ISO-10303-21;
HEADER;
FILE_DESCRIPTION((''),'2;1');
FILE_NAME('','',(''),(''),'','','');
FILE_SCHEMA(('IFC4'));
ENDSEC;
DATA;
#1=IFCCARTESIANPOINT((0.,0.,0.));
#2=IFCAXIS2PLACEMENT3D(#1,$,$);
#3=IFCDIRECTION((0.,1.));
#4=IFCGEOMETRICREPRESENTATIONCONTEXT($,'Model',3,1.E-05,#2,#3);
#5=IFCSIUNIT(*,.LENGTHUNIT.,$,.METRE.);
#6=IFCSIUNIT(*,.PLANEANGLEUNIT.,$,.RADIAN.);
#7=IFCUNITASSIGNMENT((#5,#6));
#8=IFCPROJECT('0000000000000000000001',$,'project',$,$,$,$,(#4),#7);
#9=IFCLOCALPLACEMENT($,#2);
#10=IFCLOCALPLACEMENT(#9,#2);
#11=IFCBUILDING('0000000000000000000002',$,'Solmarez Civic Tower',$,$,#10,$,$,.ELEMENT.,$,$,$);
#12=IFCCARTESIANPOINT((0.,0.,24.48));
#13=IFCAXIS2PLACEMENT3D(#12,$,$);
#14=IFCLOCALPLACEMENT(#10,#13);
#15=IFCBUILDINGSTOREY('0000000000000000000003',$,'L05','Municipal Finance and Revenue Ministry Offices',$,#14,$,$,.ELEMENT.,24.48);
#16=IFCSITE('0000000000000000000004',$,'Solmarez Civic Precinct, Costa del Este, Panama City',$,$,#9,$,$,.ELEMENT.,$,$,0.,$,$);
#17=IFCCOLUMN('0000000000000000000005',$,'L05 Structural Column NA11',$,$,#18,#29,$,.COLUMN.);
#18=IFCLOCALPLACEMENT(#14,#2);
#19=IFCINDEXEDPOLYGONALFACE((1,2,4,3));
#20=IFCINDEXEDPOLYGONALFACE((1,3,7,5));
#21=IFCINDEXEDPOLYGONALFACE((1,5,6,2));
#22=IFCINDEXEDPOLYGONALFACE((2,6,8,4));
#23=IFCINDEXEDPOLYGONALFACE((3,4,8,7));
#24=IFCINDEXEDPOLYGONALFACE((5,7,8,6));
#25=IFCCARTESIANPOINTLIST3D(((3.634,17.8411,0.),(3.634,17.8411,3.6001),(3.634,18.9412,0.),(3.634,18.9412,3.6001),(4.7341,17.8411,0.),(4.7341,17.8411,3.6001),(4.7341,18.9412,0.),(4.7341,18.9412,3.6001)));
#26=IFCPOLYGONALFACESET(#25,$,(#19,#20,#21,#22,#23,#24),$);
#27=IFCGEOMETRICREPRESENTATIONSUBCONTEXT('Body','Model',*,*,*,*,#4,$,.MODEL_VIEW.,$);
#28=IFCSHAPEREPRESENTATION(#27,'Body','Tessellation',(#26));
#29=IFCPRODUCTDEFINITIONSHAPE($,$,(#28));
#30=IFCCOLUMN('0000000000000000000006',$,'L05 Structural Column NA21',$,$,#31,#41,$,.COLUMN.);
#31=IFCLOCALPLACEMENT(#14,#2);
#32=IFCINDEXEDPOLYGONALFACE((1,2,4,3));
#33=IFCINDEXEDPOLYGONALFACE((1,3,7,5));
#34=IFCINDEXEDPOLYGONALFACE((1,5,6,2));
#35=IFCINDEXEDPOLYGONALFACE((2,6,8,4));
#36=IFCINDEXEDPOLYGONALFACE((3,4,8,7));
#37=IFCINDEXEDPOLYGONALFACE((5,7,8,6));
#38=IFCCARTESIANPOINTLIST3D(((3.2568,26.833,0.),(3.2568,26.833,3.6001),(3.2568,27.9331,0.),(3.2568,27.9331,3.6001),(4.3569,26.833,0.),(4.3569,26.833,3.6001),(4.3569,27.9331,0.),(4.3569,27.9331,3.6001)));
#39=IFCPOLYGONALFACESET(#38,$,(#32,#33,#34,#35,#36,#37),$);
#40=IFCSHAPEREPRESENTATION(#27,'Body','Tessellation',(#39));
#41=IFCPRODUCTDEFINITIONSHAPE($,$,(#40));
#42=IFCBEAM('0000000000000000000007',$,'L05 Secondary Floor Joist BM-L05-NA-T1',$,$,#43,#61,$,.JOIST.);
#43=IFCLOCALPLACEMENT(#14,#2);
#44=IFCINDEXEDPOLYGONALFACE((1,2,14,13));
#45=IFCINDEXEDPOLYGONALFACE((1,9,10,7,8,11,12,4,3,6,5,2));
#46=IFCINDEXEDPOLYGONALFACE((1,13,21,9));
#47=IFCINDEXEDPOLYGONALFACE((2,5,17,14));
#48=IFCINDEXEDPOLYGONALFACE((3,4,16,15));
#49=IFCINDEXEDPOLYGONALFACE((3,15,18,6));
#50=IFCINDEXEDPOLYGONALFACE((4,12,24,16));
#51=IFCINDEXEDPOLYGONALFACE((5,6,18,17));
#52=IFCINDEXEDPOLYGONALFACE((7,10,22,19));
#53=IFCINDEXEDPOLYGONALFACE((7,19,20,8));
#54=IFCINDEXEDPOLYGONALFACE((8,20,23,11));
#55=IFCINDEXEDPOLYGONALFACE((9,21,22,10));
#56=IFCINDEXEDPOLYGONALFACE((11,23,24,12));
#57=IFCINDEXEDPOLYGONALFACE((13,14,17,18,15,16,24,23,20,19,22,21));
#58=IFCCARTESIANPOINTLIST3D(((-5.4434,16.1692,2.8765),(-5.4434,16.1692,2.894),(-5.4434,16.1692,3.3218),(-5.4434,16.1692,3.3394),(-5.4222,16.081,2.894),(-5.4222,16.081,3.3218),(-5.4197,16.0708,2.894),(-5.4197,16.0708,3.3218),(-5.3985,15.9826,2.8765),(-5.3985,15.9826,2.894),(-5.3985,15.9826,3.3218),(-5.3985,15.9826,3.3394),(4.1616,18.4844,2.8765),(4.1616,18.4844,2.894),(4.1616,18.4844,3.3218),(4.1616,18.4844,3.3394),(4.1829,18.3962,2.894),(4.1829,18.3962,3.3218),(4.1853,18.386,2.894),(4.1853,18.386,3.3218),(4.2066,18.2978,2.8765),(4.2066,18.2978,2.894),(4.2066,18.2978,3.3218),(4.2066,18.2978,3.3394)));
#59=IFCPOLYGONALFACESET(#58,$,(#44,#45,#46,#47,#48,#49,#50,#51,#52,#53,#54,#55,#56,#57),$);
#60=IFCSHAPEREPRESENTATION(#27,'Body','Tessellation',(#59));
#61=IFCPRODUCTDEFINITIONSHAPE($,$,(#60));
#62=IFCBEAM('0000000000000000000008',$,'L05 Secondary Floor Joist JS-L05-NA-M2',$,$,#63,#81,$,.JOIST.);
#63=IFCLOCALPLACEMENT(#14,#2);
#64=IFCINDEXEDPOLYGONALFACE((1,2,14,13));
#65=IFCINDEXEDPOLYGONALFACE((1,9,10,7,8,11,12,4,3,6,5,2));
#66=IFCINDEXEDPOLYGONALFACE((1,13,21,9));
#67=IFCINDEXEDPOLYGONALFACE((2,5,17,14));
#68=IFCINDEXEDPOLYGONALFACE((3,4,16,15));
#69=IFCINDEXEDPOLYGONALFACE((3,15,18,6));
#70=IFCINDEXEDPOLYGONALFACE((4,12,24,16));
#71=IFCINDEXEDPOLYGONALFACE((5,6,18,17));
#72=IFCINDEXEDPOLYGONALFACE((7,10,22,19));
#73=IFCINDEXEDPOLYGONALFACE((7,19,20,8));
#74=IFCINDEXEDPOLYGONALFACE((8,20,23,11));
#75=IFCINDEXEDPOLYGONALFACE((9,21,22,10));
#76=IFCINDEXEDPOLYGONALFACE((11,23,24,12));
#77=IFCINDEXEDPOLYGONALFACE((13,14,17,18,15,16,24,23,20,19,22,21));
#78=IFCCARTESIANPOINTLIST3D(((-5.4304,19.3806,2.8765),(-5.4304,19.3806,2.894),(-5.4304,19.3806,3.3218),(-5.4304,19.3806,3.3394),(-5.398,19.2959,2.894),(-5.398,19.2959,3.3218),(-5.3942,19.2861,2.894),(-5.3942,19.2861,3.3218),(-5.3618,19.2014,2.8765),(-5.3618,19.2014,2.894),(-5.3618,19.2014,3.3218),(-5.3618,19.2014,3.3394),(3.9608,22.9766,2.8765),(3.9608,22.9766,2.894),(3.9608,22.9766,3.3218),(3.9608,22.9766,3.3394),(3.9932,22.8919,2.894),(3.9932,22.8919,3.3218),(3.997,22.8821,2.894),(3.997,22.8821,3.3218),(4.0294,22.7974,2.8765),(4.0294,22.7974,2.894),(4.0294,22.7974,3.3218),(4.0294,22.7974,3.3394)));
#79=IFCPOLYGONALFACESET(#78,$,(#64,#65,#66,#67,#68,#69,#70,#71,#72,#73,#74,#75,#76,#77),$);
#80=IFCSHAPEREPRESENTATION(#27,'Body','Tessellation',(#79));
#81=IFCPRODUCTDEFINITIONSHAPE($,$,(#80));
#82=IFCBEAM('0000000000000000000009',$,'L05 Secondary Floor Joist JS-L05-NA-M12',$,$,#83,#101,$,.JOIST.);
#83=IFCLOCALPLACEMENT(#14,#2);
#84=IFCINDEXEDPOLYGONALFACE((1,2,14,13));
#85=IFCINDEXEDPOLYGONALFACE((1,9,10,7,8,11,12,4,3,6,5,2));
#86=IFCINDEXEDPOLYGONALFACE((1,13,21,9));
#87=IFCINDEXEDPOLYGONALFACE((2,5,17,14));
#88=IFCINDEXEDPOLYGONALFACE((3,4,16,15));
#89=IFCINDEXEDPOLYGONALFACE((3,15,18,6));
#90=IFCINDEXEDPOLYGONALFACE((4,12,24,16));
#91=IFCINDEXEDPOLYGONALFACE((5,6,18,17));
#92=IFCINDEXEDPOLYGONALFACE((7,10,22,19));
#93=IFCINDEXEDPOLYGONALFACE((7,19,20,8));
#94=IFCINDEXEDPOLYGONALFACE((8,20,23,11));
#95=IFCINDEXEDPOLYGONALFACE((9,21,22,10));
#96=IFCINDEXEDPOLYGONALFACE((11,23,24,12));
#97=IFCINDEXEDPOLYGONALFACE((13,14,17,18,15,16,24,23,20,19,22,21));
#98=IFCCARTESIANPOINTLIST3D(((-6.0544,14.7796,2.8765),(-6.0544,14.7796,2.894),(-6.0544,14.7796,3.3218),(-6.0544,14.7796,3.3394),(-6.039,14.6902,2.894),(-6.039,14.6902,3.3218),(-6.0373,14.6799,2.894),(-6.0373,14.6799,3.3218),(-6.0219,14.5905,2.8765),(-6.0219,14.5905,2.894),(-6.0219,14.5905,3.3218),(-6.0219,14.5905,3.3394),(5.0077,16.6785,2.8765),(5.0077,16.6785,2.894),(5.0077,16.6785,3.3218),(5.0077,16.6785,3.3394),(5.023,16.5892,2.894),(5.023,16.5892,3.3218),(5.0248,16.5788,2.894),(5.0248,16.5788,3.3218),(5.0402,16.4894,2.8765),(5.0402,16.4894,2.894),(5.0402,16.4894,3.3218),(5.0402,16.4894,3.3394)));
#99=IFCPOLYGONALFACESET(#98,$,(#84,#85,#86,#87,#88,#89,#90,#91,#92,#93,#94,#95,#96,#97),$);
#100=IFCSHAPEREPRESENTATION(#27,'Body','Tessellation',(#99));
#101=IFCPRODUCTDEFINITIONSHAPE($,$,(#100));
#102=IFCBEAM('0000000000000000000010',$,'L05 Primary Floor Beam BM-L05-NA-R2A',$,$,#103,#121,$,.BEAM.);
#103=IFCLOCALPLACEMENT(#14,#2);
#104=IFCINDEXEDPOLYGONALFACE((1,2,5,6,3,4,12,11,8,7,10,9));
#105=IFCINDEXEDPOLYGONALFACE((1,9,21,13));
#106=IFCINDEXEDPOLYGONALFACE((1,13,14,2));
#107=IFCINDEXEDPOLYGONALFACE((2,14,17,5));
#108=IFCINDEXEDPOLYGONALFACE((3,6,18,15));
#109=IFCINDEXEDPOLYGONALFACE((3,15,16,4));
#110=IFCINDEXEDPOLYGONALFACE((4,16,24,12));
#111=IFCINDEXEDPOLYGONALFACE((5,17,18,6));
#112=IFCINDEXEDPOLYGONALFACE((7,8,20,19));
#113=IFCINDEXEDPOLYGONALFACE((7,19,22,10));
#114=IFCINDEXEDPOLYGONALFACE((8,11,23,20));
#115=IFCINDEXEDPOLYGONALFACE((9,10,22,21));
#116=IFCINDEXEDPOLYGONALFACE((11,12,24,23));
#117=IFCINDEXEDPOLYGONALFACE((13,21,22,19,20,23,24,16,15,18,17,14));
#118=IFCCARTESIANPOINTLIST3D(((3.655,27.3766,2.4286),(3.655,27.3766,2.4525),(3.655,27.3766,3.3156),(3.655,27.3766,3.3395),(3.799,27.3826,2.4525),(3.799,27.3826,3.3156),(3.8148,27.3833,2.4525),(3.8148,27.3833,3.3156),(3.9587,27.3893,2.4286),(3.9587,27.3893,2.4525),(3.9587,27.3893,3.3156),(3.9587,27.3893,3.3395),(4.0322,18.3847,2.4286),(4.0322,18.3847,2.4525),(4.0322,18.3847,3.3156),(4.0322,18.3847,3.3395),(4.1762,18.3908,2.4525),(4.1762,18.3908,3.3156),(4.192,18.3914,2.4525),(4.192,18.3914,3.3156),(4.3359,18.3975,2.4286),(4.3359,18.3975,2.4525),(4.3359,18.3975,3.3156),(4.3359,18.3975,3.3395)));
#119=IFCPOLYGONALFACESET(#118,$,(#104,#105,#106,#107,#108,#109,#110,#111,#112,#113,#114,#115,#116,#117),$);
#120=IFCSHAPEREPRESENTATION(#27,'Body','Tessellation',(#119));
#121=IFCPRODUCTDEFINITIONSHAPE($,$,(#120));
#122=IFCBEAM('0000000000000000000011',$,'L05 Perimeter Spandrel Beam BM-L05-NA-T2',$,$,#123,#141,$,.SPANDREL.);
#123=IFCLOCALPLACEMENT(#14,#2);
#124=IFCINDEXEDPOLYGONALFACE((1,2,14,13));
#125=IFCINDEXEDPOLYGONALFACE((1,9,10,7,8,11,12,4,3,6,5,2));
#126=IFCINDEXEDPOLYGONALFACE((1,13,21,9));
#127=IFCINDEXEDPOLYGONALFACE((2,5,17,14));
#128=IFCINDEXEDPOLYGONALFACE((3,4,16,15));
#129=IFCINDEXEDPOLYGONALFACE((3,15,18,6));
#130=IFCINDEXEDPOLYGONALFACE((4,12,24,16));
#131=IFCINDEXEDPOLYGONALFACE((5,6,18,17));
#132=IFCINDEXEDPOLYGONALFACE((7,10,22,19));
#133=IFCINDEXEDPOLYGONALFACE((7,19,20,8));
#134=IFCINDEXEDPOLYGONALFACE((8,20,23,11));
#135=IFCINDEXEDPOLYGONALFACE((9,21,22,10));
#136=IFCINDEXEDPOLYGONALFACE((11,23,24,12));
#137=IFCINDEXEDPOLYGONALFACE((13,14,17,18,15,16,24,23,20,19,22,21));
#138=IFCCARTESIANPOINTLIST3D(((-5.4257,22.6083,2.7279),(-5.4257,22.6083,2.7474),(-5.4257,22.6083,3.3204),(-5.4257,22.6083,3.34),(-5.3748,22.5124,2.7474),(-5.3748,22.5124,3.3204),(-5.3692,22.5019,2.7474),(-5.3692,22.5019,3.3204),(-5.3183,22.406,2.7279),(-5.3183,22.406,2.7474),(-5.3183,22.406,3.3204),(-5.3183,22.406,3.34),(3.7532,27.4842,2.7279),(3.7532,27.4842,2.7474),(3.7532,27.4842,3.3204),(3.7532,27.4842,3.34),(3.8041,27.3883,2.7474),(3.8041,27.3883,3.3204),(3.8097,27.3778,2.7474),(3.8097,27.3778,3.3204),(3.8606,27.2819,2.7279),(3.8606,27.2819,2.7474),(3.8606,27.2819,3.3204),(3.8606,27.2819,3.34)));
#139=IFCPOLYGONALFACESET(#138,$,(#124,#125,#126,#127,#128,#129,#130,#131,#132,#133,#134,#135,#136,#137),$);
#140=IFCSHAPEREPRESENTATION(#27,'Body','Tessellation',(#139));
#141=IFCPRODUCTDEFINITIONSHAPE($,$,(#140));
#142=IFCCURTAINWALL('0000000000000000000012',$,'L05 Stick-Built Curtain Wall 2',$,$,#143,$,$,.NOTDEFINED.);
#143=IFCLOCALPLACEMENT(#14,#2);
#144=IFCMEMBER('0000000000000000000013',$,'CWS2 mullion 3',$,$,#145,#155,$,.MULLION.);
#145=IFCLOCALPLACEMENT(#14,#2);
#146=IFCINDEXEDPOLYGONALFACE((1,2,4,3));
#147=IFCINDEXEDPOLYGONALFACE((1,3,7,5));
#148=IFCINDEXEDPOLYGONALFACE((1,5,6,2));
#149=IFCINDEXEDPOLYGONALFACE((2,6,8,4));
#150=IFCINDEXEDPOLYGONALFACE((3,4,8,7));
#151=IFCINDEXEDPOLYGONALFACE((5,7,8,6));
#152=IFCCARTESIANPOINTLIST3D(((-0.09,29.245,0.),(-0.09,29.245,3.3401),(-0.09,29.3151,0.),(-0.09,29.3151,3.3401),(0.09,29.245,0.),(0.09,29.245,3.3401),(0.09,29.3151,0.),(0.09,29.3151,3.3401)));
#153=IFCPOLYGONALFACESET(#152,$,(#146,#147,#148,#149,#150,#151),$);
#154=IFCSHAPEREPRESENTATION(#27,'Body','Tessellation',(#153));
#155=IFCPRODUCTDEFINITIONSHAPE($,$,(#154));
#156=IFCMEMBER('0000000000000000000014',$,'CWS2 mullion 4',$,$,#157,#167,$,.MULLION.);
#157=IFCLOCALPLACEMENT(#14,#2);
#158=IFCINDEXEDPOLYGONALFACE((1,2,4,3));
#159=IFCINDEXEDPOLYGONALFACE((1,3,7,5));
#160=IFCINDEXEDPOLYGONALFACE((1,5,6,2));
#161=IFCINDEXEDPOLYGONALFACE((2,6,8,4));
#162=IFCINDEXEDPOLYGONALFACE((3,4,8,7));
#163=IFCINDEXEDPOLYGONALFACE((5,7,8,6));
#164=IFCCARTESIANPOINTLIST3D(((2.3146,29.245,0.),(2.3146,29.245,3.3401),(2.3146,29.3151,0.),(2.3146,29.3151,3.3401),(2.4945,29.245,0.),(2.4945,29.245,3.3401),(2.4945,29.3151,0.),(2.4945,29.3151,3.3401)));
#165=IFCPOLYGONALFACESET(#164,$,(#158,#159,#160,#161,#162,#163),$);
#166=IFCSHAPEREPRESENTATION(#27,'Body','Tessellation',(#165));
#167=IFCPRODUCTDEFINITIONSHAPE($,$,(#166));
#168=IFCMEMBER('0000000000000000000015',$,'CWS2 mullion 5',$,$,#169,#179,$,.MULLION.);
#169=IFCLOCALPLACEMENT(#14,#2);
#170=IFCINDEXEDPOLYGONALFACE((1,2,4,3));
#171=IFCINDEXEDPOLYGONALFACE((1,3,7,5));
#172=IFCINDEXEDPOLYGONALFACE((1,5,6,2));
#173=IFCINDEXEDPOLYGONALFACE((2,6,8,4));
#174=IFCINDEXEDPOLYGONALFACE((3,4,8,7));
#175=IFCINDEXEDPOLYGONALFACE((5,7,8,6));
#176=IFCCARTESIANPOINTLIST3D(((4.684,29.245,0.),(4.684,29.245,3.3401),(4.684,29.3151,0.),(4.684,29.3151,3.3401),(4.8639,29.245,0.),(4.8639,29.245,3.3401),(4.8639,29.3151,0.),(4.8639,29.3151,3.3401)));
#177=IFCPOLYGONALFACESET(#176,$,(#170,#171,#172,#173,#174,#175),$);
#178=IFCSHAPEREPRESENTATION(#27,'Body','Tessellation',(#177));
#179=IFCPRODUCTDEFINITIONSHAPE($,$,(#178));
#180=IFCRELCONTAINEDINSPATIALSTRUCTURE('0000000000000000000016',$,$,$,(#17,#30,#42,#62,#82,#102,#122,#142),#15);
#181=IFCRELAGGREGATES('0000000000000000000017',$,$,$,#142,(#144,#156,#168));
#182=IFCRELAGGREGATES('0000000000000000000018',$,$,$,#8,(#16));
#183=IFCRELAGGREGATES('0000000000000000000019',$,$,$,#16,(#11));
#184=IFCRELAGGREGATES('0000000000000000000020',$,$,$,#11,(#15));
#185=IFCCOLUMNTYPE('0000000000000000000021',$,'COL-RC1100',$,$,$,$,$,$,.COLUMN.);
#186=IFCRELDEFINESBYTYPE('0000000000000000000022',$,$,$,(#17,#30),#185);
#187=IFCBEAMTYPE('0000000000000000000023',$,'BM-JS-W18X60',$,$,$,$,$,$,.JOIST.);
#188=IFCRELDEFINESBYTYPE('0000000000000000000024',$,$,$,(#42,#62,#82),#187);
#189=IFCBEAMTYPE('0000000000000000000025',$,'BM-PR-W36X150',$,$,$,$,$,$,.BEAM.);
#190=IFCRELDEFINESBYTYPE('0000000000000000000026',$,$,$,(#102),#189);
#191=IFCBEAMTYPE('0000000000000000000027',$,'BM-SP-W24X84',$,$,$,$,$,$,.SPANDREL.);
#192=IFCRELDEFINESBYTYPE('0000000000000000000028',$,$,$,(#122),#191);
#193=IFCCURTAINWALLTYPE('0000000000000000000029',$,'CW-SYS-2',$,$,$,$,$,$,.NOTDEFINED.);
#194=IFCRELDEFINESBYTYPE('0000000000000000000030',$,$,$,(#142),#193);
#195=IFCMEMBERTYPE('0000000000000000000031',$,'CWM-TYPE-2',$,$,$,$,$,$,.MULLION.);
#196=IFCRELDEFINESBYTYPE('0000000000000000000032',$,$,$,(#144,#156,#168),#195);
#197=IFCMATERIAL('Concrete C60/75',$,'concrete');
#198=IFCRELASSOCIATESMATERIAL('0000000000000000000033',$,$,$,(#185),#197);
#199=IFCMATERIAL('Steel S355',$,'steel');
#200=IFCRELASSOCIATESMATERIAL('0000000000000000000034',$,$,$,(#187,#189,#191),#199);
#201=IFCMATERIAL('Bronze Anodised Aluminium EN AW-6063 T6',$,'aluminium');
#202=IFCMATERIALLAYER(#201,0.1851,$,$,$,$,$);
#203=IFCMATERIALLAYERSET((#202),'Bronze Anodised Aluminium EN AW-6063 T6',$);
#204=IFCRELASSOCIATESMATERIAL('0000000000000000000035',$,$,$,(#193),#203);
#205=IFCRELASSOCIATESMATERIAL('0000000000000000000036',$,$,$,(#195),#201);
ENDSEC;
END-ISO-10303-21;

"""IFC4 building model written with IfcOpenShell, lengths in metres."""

from ifc_helpers import new_model, si_unit, direction, frame, origin, origin_2d, place, context, subcontext, project, spatial, rectangle, i_section, extrude, material, layer, layer_set, material_profile, profile_set, type_object, element, aggregate, save


model = new_model("IFC4")

# Units and contexts
model_context = context("Model", 3, precision=1e-05, world=origin(), true_north=direction((0.0, 1.0)))
body_context = subcontext(model_context, "Body", "Model", "MODEL_VIEW")
ifc_project = project(units=[si_unit("LENGTHUNIT", "METRE"), si_unit("PLANEANGLEUNIT", "RADIAN")], contexts=[model_context])

# Site, building, storey
site_placement = place(None, origin())
site = spatial("IfcSite", under=ifc_project, at=site_placement, Name="Solmarez Civic Precinct, Costa del Este, Panama City", CompositionType="ELEMENT", RefElevation=0.0)
building_placement = place(site_placement, origin())
building = spatial("IfcBuilding", under=site, at=building_placement, Name="Solmarez Civic Tower", CompositionType="ELEMENT")
storey_placement = place(building_placement, frame((0.0, 0.0, 24.48)))
storey = spatial("IfcBuildingStorey", under=building, at=storey_placement, Name="L05", Description="Municipal Finance and Revenue Ministry Offices", CompositionType="ELEMENT", Elevation=24.48)

# Columns
ifc_material_1 = material(Name="Concrete C60/75", Category="concrete")
ifc_material_profile_1 = material_profile(ifc_material_1, rectangle(XDim=1.1001, YDim=1.1001, at=origin_2d()), Name="RC1100X1100")
ifc_profile_set_1 = profile_set([ifc_material_profile_1], Name="Concrete C60/75")
column_type = type_object("IfcColumnType", Name="COL-RC1100", PredefinedType="COLUMN", material=ifc_profile_set_1)
for number, where, z_axis, x_axis, name in (
    (1, (4.1841, 18.3911, 0.0), (0.0, 0.0, 1.0), (1.0, 0.0, 0.0), "L05 Structural Column NA11"),
    (2, (3.8069, 27.3831, 0.0), (0.0, 0.0, 1.0), (1.0, 0.0, 0.0), "L05 Structural Column NA21"),
):
    element("IfcColumn", number, at=place(storey_placement, frame(where, z_axis=z_axis, x_axis=x_axis)), inside=storey, type_object=column_type, Name=name, PredefinedType="COLUMN", context=body_context, shape_type="SweptSolid", body=[
        extrude(rectangle(XDim=1.1001, YDim=1.1001, at=origin_2d()), origin(), (0.0, 0.0, 1.0), 3.6001),
    ])

# Beams
ifc_material_2 = material(Name="Steel S355", Category="steel")
ifc_material_profile_2 = material_profile(ifc_material_2, i_section(OverallWidth=0.1919, OverallDepth=0.4629, WebThickness=0.0105, FlangeThickness=0.0176, at=origin_2d()), Name="W18X60")
ifc_profile_set_2 = profile_set([ifc_material_profile_2], Name="Steel S355")
beam_type_1 = type_object("IfcBeamType", Name="BM-JS-W18X60", PredefinedType="JOIST", material=ifc_profile_set_2)
beam_1_placement = place(storey_placement, frame((4.1841, 18.3911, 3.1079), z_axis=(-0.972157, -0.234329, 0.0), x_axis=(0.234329, -0.972157, 0.0)))
element("IfcBeam", 3, at=beam_1_placement, inside=storey, type_object=beam_type_1, Name="L05 Secondary Floor Joist BM-L05-NA-T1", PredefinedType="JOIST", context=body_context, shape_type="SweptSolid", body=[
    extrude(i_section(OverallWidth=0.1919, OverallDepth=0.4629, WebThickness=0.0105, FlangeThickness=0.0176, at=origin_2d()), origin(), (0.0, 0.0, 1.0), 9.8801),
])
beam_2_placement = place(storey_placement, frame((3.9951, 22.887, 3.1079), z_axis=(-0.933878, -0.357591, 0.0), x_axis=(0.357591, -0.933878, 0.0)))
element("IfcBeam", 4, at=beam_2_placement, inside=storey, type_object=beam_type_1, Name="L05 Secondary Floor Joist JS-L05-NA-M2", PredefinedType="JOIST", context=body_context, shape_type="SweptSolid", body=[
    extrude(i_section(OverallWidth=0.1919, OverallDepth=0.4629, WebThickness=0.0105, FlangeThickness=0.0176, at=origin_2d()), origin(), (0.0, 0.0, 1.0), 10.0562),
])
beam_3_placement = place(storey_placement, frame((5.0239, 16.584, 3.1079), z_axis=(-0.985584, -0.169187, 0.0), x_axis=(0.169187, -0.985584, 0.0)))
element("IfcBeam", 5, at=beam_3_placement, inside=storey, type_object=beam_type_1, Name="L05 Secondary Floor Joist JS-L05-NA-M12", PredefinedType="JOIST", context=body_context, shape_type="SweptSolid", body=[
    extrude(i_section(OverallWidth=0.1919, OverallDepth=0.4629, WebThickness=0.0105, FlangeThickness=0.0176, at=origin_2d()), origin(), (0.0, 0.0, 1.0), 11.2239),
])
ifc_material_profile_3 = material_profile(ifc_material_2, i_section(OverallWidth=0.304, OverallDepth=0.9109, WebThickness=0.0159, FlangeThickness=0.0239, at=origin_2d()), Name="W36X150")
ifc_profile_set_3 = profile_set([ifc_material_profile_3], Name="Steel S355")
beam_type_2 = type_object("IfcBeamType", Name="BM-PR-W36X150", PredefinedType="BEAM", material=ifc_profile_set_3)
beam_4_placement = place(storey_placement, frame((4.1841, 18.3911, 2.884), z_axis=(-0.041911, 0.999121, 0.0), x_axis=(-0.999121, -0.041911, 0.0)))
element("IfcBeam", 6, at=beam_4_placement, inside=storey, type_object=beam_type_2, Name="L05 Primary Floor Beam BM-L05-NA-R2A", PredefinedType="BEAM", context=body_context, shape_type="SweptSolid", body=[
    extrude(i_section(OverallWidth=0.304, OverallDepth=0.9109, WebThickness=0.0159, FlangeThickness=0.0239, at=origin_2d()), origin(), (0.0, 0.0, 1.0), 8.9998),
])
ifc_material_profile_4 = material_profile(ifc_material_2, i_section(OverallWidth=0.229, OverallDepth=0.6121, WebThickness=0.012, FlangeThickness=0.0195, at=origin_2d()), Name="W24X84")
ifc_profile_set_4 = profile_set([ifc_material_profile_4], Name="Steel S355")
beam_type_3 = type_object("IfcBeamType", Name="BM-SP-W24X84", PredefinedType="SPANDREL", material=ifc_profile_set_4)
beam_5_placement = place(storey_placement, frame((3.8069, 27.3831, 3.0339), z_axis=(-0.883129, -0.469129, 0.0), x_axis=(0.469129, -0.883129, 0.0)))
element("IfcBeam", 7, at=beam_5_placement, inside=storey, type_object=beam_type_3, Name="L05 Perimeter Spandrel Beam BM-L05-NA-T2", PredefinedType="SPANDREL", context=body_context, shape_type="SweptSolid", body=[
    extrude(i_section(OverallWidth=0.229, OverallDepth=0.6121, WebThickness=0.012, FlangeThickness=0.0195, at=origin_2d()), origin(), (0.0, 0.0, 1.0), 10.3936),
])

# Curtain wall, members
ifc_material_3 = material(Name="Bronze Anodised Aluminium EN AW-6063 T6", Category="aluminium")
ifc_layer_1 = layer(ifc_material_3, 0.1851)
ifc_layer_set_1 = layer_set([ifc_layer_1], Name="Bronze Anodised Aluminium EN AW-6063 T6")
curtain_wall_type = type_object("IfcCurtainWallType", Name="CW-SYS-2", PredefinedType="NOTDEFINED", material=ifc_layer_set_1)
curtain_wall_placement = place(storey_placement, origin())
curtain_wall = element("IfcCurtainWall", 8, at=curtain_wall_placement, inside=storey, type_object=curtain_wall_type, Name="L05 Stick-Built Curtain Wall 2", PredefinedType="NOTDEFINED")
ifc_material_profile_5 = material_profile(ifc_material_3, rectangle(XDim=0.0701, YDim=0.1799, at=origin_2d()), Name="CWM-70X180")
ifc_profile_set_5 = profile_set([ifc_material_profile_5], Name="Bronze Anodised Aluminium EN AW-6063 T6")
member_type_1 = type_object("IfcMemberType", Name="CWM-TYPE-2", PredefinedType="MULLION", material=ifc_profile_set_5)
member_1_placement = place(storey_placement, frame((0.0, 29.28, 0.0), z_axis=(0.0, 0.0, 1.0), x_axis=(0.0, 1.0, 0.0)))
member_1 = element("IfcMember", 9, at=member_1_placement, type_object=member_type_1, Name="CWS2 mullion 3", PredefinedType="MULLION", context=body_context, shape_type="SweptSolid", body=[
    extrude(rectangle(XDim=0.0701, YDim=0.1799, at=origin_2d()), origin(), (0.0, 0.0, 1.0), 3.3401),
])
member_2_placement = place(storey_placement, frame((2.4045, 29.28, 0.0), z_axis=(0.0, 0.0, 1.0), x_axis=(0.0, 1.0, 0.0)))
member_2 = element("IfcMember", 10, at=member_2_placement, type_object=member_type_1, Name="CWS2 mullion 4", PredefinedType="MULLION", context=body_context, shape_type="SweptSolid", body=[
    extrude(rectangle(XDim=0.0701, YDim=0.1799, at=origin_2d()), origin(), (0.0, 0.0, 1.0), 3.3401),
])
member_3_placement = place(storey_placement, frame((4.7739, 29.28, 0.0), z_axis=(0.0, 0.0, 1.0), x_axis=(0.0, 1.0, 0.0)))
member_3 = element("IfcMember", 11, at=member_3_placement, type_object=member_type_1, Name="CWS2 mullion 5", PredefinedType="MULLION", context=body_context, shape_type="SweptSolid", body=[
    extrude(rectangle(XDim=0.0701, YDim=0.1799, at=origin_2d()), origin(), (0.0, 0.0, 1.0), 3.3401),
])
aggregate(curtain_wall, [member_1, member_2, member_3])

save(model, "model.ifc")
